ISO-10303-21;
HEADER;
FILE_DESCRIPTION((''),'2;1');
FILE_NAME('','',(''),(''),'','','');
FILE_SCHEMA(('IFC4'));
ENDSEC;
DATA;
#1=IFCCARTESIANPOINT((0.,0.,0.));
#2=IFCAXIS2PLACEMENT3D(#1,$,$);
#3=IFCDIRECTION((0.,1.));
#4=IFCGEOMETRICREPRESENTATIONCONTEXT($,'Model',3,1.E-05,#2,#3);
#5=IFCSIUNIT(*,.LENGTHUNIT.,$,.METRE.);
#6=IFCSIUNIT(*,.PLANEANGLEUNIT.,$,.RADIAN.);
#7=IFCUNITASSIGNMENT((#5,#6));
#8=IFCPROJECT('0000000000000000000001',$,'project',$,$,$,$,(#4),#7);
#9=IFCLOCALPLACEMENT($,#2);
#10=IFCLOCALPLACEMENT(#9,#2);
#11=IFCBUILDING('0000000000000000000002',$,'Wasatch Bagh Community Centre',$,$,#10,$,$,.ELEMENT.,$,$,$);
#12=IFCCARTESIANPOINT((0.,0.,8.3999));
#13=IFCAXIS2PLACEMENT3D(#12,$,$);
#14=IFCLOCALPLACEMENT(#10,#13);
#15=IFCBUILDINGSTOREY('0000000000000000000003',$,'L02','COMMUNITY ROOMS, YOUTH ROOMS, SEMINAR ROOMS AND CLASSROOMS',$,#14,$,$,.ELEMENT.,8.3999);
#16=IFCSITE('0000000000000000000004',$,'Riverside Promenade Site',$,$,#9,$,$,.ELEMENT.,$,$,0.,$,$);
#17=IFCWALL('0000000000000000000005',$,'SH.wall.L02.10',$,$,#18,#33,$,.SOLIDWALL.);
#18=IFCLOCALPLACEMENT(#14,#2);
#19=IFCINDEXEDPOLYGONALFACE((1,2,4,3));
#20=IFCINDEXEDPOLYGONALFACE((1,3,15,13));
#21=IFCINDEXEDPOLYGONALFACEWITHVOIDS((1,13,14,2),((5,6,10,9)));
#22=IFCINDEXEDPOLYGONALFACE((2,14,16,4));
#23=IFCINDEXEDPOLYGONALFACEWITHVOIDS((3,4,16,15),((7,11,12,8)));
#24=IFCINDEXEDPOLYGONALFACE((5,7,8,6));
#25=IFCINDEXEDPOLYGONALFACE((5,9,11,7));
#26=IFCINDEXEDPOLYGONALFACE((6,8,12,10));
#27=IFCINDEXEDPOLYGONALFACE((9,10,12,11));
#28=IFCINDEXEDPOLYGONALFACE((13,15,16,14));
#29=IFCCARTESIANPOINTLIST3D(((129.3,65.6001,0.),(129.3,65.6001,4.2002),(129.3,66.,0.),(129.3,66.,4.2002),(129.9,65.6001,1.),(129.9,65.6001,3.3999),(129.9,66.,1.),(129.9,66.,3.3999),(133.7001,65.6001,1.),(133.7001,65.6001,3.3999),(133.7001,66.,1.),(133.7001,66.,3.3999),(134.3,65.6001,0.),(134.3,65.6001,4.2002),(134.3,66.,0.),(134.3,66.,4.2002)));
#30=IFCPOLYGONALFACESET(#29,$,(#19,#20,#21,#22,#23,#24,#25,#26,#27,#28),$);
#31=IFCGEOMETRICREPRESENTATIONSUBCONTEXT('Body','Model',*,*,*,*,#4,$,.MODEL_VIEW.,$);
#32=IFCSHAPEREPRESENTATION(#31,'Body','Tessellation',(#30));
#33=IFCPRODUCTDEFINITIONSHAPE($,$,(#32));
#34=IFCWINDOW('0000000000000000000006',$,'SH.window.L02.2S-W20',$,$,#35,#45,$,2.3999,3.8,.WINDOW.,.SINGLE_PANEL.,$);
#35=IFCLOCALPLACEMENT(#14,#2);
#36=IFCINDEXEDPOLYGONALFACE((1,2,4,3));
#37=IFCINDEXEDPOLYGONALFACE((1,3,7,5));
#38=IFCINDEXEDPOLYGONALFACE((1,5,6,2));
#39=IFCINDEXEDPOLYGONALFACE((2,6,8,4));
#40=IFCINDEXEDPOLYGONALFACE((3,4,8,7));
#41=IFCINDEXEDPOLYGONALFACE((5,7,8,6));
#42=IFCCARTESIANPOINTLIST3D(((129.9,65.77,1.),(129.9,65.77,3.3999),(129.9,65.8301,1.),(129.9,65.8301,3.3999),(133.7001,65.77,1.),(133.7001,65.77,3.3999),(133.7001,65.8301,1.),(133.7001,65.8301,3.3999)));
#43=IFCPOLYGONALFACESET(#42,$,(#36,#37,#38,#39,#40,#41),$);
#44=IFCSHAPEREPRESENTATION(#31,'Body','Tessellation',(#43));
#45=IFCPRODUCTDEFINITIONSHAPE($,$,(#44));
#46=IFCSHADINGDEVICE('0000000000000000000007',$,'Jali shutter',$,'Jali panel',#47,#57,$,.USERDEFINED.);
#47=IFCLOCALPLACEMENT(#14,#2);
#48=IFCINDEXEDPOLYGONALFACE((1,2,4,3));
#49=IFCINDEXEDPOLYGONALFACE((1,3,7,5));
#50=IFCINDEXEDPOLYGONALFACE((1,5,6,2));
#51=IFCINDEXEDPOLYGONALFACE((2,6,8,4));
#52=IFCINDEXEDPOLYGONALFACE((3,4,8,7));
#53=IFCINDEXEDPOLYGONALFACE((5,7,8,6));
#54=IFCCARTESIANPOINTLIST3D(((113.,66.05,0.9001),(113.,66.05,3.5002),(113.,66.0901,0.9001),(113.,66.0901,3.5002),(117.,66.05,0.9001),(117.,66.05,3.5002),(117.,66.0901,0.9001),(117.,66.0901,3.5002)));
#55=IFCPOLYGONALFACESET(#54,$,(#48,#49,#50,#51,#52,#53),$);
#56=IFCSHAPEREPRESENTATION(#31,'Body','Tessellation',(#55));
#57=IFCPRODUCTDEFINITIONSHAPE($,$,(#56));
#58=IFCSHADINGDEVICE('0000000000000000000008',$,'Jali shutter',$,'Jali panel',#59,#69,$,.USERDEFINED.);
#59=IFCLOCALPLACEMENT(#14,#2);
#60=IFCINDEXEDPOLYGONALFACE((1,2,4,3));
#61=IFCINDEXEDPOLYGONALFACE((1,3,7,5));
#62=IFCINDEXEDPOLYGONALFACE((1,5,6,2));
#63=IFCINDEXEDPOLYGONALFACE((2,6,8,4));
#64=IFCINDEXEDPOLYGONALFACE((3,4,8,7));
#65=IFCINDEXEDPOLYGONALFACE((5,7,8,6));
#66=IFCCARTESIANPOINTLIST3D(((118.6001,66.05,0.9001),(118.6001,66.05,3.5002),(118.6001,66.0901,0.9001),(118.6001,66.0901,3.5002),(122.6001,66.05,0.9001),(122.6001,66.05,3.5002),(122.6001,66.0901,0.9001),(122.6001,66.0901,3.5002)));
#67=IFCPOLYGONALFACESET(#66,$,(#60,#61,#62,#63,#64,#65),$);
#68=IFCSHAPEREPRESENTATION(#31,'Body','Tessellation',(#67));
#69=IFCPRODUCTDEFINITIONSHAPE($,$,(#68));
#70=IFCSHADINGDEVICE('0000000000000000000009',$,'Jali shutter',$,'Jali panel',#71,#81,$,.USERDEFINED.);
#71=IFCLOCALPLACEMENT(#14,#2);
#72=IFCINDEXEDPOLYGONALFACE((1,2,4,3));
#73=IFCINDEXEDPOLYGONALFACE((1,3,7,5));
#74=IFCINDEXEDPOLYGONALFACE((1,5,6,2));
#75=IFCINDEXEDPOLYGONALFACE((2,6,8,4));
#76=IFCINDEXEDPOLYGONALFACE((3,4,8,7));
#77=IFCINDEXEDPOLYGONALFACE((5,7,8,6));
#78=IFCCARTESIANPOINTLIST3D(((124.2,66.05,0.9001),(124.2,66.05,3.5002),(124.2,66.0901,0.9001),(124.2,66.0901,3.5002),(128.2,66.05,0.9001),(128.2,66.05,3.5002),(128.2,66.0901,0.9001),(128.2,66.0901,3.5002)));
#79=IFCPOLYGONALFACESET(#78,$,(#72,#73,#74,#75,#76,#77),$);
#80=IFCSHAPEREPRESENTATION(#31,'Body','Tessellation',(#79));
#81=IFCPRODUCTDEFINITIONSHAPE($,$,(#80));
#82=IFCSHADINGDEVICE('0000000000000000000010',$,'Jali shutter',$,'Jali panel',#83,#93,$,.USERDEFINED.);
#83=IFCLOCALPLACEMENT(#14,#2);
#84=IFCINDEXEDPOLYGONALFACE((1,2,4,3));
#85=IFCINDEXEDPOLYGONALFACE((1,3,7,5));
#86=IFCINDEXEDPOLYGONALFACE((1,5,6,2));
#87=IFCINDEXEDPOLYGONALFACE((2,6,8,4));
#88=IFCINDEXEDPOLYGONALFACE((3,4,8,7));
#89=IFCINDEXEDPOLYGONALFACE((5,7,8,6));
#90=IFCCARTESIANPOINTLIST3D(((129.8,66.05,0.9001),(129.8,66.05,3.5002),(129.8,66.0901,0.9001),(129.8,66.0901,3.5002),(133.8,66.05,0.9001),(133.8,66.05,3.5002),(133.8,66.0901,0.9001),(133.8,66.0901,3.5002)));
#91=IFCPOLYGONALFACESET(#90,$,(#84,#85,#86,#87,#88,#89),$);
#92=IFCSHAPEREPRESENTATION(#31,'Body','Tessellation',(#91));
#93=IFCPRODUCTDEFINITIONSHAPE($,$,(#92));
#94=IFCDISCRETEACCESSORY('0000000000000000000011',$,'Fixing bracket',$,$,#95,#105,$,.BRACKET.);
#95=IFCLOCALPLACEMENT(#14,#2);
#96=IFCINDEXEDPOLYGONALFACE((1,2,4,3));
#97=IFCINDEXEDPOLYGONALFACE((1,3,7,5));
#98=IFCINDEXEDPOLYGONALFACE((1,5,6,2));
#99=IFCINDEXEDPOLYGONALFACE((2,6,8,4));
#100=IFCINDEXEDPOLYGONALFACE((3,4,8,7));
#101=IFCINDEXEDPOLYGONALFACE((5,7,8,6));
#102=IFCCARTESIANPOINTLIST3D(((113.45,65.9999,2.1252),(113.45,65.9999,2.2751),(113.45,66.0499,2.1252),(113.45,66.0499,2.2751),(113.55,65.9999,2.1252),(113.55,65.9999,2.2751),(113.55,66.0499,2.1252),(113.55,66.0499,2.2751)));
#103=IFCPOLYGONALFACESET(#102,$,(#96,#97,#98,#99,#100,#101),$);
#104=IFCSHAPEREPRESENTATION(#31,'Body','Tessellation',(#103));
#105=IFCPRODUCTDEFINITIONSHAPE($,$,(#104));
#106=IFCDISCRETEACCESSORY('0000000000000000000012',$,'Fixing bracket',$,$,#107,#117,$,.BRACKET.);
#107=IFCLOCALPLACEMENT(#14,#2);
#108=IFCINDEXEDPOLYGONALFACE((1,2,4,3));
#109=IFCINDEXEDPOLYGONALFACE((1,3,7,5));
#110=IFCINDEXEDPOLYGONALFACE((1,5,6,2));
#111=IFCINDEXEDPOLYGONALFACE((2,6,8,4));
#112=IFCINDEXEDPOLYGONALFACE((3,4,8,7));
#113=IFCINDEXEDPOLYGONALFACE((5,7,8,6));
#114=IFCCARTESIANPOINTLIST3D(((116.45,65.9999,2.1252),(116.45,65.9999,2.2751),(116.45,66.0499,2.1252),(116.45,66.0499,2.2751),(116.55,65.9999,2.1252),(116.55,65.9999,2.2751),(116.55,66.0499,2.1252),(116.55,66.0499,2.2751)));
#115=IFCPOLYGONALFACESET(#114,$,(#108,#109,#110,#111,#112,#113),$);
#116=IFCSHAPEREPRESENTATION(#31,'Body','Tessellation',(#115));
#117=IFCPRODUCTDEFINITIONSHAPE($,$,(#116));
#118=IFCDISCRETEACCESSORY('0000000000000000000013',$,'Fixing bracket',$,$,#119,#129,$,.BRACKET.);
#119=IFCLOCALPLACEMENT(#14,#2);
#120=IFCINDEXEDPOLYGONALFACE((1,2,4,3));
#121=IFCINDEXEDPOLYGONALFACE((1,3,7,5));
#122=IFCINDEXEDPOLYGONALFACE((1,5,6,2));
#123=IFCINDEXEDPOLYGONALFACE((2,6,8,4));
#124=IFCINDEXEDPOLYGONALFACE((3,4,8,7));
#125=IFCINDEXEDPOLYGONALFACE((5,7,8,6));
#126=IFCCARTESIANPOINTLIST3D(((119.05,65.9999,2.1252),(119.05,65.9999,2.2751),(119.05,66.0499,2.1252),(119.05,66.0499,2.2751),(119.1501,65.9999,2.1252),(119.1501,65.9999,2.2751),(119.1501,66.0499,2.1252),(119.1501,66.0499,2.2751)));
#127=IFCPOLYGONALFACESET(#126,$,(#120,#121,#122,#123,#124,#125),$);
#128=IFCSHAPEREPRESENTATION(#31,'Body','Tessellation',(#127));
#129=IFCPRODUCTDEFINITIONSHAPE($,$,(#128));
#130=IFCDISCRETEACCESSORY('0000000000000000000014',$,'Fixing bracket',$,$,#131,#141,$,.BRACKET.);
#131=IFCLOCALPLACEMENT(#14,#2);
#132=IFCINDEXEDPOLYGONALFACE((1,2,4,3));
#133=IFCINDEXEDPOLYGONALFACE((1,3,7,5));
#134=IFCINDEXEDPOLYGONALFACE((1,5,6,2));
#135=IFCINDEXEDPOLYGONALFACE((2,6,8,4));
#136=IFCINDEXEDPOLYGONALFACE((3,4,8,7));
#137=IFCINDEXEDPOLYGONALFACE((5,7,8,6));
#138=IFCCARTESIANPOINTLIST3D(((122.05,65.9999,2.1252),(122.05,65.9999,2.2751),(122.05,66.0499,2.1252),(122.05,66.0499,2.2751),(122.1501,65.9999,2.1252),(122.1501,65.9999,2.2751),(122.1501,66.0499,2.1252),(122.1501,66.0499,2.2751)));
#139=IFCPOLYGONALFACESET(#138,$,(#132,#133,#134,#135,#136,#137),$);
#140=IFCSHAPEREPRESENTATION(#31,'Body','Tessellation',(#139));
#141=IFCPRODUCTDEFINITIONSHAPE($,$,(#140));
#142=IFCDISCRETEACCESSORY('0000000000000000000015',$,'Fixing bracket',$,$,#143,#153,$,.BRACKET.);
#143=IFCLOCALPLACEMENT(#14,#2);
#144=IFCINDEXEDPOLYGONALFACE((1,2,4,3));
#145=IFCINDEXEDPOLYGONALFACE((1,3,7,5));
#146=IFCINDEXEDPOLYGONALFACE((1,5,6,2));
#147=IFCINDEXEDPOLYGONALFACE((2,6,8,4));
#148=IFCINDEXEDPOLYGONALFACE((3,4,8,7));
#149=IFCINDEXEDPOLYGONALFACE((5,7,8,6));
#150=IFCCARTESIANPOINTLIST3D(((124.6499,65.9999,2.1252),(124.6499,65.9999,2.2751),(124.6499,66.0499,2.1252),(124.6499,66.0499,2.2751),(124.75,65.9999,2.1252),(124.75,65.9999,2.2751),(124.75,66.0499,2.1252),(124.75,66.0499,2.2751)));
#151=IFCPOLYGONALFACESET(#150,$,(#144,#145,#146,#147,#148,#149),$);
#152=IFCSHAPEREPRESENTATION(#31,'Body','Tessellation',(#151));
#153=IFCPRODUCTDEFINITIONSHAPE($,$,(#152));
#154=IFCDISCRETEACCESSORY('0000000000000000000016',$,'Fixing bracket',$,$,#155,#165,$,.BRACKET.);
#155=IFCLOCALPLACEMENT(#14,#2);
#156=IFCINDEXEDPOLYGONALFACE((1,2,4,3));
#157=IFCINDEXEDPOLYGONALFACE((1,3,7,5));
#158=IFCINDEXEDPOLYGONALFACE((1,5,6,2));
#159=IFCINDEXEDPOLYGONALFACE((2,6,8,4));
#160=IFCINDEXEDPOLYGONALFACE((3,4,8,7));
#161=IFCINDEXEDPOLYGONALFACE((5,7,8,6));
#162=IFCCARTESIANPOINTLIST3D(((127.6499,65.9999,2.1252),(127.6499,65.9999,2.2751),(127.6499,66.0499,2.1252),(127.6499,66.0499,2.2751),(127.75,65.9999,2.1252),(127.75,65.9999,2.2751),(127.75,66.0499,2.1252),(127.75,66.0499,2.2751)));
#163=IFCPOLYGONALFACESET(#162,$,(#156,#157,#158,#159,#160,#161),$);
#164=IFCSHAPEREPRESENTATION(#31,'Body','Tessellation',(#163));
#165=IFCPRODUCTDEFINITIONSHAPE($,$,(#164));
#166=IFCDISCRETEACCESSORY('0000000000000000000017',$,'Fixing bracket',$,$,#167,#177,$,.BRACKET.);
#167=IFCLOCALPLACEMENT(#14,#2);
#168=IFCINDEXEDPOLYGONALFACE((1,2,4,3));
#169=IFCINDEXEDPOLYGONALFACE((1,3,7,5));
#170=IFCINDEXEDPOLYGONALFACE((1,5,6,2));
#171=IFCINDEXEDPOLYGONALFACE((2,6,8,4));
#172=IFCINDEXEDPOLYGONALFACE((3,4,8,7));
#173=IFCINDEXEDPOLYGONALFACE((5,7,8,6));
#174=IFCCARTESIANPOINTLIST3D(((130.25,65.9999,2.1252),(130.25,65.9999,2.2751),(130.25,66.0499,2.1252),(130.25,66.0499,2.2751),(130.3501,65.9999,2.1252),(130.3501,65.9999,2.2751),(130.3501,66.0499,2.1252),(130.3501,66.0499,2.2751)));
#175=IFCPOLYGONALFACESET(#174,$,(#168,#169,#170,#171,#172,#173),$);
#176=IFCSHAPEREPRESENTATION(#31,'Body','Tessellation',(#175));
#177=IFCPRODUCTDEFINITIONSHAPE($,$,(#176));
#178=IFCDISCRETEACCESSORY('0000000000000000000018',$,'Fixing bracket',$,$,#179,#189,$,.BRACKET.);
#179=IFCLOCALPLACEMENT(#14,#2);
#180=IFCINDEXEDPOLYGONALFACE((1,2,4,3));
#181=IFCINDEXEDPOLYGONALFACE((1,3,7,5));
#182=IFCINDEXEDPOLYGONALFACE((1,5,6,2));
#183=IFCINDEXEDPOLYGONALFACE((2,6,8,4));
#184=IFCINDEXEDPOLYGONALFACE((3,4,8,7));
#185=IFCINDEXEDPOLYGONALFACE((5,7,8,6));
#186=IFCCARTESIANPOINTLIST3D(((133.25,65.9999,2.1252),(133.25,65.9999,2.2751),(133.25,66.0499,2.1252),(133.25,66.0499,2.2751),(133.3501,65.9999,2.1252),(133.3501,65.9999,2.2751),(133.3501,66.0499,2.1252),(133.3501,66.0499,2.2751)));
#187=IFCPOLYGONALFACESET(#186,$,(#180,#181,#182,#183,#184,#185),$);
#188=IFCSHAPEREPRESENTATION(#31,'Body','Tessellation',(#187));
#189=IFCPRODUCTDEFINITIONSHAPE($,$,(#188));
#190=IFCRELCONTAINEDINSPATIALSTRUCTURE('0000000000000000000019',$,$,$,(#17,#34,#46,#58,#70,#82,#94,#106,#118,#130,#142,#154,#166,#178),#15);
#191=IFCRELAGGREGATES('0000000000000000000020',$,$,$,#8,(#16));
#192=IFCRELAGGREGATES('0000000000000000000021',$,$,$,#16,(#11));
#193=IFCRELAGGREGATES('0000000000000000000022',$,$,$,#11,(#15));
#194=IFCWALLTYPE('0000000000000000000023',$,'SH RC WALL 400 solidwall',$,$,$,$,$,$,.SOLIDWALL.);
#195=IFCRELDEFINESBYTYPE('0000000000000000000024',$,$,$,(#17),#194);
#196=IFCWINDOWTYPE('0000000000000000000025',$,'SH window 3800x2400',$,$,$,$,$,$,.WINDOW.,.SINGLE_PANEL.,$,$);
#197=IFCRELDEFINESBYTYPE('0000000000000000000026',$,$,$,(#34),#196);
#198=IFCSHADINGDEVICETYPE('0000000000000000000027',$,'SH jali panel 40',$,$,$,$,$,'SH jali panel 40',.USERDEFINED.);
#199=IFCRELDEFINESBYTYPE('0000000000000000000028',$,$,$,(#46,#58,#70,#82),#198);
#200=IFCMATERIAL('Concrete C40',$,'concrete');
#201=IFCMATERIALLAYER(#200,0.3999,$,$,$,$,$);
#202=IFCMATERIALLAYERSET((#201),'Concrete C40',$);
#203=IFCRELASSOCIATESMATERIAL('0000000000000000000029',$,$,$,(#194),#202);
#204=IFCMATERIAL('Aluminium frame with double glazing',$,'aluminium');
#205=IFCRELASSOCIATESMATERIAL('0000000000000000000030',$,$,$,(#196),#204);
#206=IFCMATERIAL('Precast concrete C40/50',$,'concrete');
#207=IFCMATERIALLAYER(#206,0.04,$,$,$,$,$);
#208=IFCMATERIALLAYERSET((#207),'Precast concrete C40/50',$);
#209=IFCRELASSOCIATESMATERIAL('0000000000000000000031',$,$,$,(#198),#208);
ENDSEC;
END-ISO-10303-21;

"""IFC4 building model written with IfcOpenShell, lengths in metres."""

from ifc_helpers import new_model, si_unit, direction, frame, frame_2d, origin, origin_2d, place, context, subcontext, project, spatial, rectangle, extrude, material, layer, layer_set, type_object, element, fill, save


model = new_model("IFC4")

# Units and contexts
model_context = context("Model", 3, precision=1e-05, world=origin(), true_north=direction((0.0, 1.0)))
body_context = subcontext(model_context, "Body", "Model", "MODEL_VIEW")
ifc_project = project(units=[si_unit("LENGTHUNIT", "METRE"), si_unit("PLANEANGLEUNIT", "RADIAN")], contexts=[model_context])

# Site, building, storey
site_placement = place(None, origin())
site = spatial("IfcSite", under=ifc_project, at=site_placement, Name="Riverside Promenade Site", CompositionType="ELEMENT", RefElevation=0.0)
building_placement = place(site_placement, origin())
building = spatial("IfcBuilding", under=site, at=building_placement, Name="Wasatch Bagh Community Centre", CompositionType="ELEMENT")
storey_placement = place(building_placement, frame((0.0, 0.0, 8.3999)))
storey = spatial("IfcBuildingStorey", under=building, at=storey_placement, Name="L02", Description="COMMUNITY ROOMS, YOUTH ROOMS, SEMINAR ROOMS AND CLASSROOMS", CompositionType="ELEMENT", Elevation=8.3999)

# Shared definitions
ifc_material_1 = material(Name="Concrete C40", Category="concrete")

# Wall, opening, window
ifc_layer_1 = layer(ifc_material_1, 0.3999)
ifc_layer_set_1 = layer_set([ifc_layer_1], Name="Concrete C40")
wall_type = type_object("IfcWallType", Name="SH RC WALL 400 solidwall", PredefinedType="SOLIDWALL", material=ifc_layer_set_1)
ifc_material_2 = material(Name="Aluminium frame with double glazing", Category="aluminium")
window_type = type_object("IfcWindowType", Name="SH window 3800x2400", PartitioningType="SINGLE_PANEL", PredefinedType="WINDOW", material=ifc_material_2)
wall_1_placement = place(storey_placement, frame((129.3, 65.8, 0.0), z_axis=(0.0, 0.0, 1.0), x_axis=(1.0, 0.0, 0.0)))
wall_1 = element("IfcWall", 1, at=wall_1_placement, inside=storey, type_object=wall_type, Name="SH.wall.L02.10", PredefinedType="SOLIDWALL", context=body_context, shape_type="SweptSolid", body=[
    extrude(rectangle(XDim=5.0, YDim=0.3999, at=frame_2d((2.5, 0.0))), origin(), (0.0, 0.0, 1.0), 4.2002),
])
opening_1_placement = place(wall_1_placement, frame((0.6001, 0.0, 1.0)))
opening_1 = element("IfcOpeningElement", 2, at=opening_1_placement, cuts=wall_1, PredefinedType="OPENING", context=body_context, shape_type="SweptSolid", body=[
    extrude(rectangle(XDim=3.8, YDim=2.3999, at=frame_2d((1.8999, 1.2))), frame((0.0, 0.21, 0.0), z_axis=(0.0, -1.0, 0.0), x_axis=(1.0, 0.0, 0.0)), (0.0, 0.0, 1.0), 0.4199),
])
window_1_placement = place(opening_1_placement, origin())
window_1 = element("IfcWindow", 3, at=window_1_placement, inside=storey, type_object=window_type, Name="SH.window.L02.2S-W20", OverallHeight=2.3999, OverallWidth=3.8, PartitioningType="SINGLE_PANEL", PredefinedType="WINDOW", context=body_context, shape_type="SweptSolid", body=[
    extrude(rectangle(XDim=3.8, YDim=2.3999, at=frame_2d((1.8999, 1.2))), frame((0.0, 0.03, 0.0), z_axis=(0.0, -1.0, 0.0), x_axis=(1.0, 0.0, 0.0)), (0.0, 0.0, 1.0), 0.0601),
])
fill(opening_1, window_1)

# Shading devices
ifc_material_3 = material(Name="Precast concrete C40/50", Category="concrete")
ifc_layer_2 = layer(ifc_material_3, 0.04)
ifc_layer_set_2 = layer_set([ifc_layer_2], Name="Precast concrete C40/50")
shading_device_type = type_object("IfcShadingDeviceType", Name="SH jali panel 40", ElementType="SH jali panel 40", PredefinedType="USERDEFINED", material=ifc_layer_set_2)
for number, where, z_axis, x_axis, name in (
    (4, (115.0, 66.0701, 0.9001), (0.0, 0.0, 1.0), (1.0, 0.0, 0.0), "Jali shutter"),
    (5, (120.6001, 66.0701, 0.9001), (0.0, 0.0, 1.0), (1.0, 0.0, 0.0), "Jali shutter"),
    (6, (126.2, 66.0701, 0.9001), (0.0, 0.0, 1.0), (1.0, 0.0, 0.0), "Jali shutter"),
    (7, (131.8, 66.0701, 0.9001), (0.0, 0.0, 1.0), (1.0, 0.0, 0.0), "Jali shutter"),
):
    element("IfcShadingDevice", number, at=place(storey_placement, frame(where, z_axis=z_axis, x_axis=x_axis)), inside=storey, type_object=shading_device_type, Name=name, ObjectType="Jali panel", PredefinedType="USERDEFINED", context=body_context, shape_type="SweptSolid", body=[
        extrude(rectangle(XDim=4.0, YDim=0.04, at=origin_2d()), origin(), (0.0, 0.0, 1.0), 2.6001),
    ])

# Discrete accessories
for number, where, z_axis, x_axis, name in (
    (8, (113.5, 66.0249, 2.1252), (0.0, 0.0, 1.0), (1.0, 0.0, 0.0), "Fixing bracket"),
    (9, (116.5, 66.0249, 2.1252), (0.0, 0.0, 1.0), (1.0, 0.0, 0.0), "Fixing bracket"),
    (10, (119.1001, 66.0249, 2.1252), (0.0, 0.0, 1.0), (1.0, 0.0, 0.0), "Fixing bracket"),
    (11, (122.1001, 66.0249, 2.1252), (0.0, 0.0, 1.0), (1.0, 0.0, 0.0), "Fixing bracket"),
    (12, (124.7, 66.0249, 2.1252), (0.0, 0.0, 1.0), (1.0, 0.0, 0.0), "Fixing bracket"),
    (13, (127.7, 66.0249, 2.1252), (0.0, 0.0, 1.0), (1.0, 0.0, 0.0), "Fixing bracket"),
    (14, (130.3, 66.0249, 2.1252), (0.0, 0.0, 1.0), (1.0, 0.0, 0.0), "Fixing bracket"),
    (15, (133.3, 66.0249, 2.1252), (0.0, 0.0, 1.0), (1.0, 0.0, 0.0), "Fixing bracket"),
):
    element("IfcDiscreteAccessory", number, at=place(storey_placement, frame(where, z_axis=z_axis, x_axis=x_axis)), inside=storey, Name=name, PredefinedType="BRACKET", context=body_context, shape_type="SweptSolid", body=[
        extrude(rectangle(XDim=0.1001, YDim=0.05, at=origin_2d()), origin(), (0.0, 0.0, 1.0), 0.1499),
    ])

save(model, "model.ifc")
